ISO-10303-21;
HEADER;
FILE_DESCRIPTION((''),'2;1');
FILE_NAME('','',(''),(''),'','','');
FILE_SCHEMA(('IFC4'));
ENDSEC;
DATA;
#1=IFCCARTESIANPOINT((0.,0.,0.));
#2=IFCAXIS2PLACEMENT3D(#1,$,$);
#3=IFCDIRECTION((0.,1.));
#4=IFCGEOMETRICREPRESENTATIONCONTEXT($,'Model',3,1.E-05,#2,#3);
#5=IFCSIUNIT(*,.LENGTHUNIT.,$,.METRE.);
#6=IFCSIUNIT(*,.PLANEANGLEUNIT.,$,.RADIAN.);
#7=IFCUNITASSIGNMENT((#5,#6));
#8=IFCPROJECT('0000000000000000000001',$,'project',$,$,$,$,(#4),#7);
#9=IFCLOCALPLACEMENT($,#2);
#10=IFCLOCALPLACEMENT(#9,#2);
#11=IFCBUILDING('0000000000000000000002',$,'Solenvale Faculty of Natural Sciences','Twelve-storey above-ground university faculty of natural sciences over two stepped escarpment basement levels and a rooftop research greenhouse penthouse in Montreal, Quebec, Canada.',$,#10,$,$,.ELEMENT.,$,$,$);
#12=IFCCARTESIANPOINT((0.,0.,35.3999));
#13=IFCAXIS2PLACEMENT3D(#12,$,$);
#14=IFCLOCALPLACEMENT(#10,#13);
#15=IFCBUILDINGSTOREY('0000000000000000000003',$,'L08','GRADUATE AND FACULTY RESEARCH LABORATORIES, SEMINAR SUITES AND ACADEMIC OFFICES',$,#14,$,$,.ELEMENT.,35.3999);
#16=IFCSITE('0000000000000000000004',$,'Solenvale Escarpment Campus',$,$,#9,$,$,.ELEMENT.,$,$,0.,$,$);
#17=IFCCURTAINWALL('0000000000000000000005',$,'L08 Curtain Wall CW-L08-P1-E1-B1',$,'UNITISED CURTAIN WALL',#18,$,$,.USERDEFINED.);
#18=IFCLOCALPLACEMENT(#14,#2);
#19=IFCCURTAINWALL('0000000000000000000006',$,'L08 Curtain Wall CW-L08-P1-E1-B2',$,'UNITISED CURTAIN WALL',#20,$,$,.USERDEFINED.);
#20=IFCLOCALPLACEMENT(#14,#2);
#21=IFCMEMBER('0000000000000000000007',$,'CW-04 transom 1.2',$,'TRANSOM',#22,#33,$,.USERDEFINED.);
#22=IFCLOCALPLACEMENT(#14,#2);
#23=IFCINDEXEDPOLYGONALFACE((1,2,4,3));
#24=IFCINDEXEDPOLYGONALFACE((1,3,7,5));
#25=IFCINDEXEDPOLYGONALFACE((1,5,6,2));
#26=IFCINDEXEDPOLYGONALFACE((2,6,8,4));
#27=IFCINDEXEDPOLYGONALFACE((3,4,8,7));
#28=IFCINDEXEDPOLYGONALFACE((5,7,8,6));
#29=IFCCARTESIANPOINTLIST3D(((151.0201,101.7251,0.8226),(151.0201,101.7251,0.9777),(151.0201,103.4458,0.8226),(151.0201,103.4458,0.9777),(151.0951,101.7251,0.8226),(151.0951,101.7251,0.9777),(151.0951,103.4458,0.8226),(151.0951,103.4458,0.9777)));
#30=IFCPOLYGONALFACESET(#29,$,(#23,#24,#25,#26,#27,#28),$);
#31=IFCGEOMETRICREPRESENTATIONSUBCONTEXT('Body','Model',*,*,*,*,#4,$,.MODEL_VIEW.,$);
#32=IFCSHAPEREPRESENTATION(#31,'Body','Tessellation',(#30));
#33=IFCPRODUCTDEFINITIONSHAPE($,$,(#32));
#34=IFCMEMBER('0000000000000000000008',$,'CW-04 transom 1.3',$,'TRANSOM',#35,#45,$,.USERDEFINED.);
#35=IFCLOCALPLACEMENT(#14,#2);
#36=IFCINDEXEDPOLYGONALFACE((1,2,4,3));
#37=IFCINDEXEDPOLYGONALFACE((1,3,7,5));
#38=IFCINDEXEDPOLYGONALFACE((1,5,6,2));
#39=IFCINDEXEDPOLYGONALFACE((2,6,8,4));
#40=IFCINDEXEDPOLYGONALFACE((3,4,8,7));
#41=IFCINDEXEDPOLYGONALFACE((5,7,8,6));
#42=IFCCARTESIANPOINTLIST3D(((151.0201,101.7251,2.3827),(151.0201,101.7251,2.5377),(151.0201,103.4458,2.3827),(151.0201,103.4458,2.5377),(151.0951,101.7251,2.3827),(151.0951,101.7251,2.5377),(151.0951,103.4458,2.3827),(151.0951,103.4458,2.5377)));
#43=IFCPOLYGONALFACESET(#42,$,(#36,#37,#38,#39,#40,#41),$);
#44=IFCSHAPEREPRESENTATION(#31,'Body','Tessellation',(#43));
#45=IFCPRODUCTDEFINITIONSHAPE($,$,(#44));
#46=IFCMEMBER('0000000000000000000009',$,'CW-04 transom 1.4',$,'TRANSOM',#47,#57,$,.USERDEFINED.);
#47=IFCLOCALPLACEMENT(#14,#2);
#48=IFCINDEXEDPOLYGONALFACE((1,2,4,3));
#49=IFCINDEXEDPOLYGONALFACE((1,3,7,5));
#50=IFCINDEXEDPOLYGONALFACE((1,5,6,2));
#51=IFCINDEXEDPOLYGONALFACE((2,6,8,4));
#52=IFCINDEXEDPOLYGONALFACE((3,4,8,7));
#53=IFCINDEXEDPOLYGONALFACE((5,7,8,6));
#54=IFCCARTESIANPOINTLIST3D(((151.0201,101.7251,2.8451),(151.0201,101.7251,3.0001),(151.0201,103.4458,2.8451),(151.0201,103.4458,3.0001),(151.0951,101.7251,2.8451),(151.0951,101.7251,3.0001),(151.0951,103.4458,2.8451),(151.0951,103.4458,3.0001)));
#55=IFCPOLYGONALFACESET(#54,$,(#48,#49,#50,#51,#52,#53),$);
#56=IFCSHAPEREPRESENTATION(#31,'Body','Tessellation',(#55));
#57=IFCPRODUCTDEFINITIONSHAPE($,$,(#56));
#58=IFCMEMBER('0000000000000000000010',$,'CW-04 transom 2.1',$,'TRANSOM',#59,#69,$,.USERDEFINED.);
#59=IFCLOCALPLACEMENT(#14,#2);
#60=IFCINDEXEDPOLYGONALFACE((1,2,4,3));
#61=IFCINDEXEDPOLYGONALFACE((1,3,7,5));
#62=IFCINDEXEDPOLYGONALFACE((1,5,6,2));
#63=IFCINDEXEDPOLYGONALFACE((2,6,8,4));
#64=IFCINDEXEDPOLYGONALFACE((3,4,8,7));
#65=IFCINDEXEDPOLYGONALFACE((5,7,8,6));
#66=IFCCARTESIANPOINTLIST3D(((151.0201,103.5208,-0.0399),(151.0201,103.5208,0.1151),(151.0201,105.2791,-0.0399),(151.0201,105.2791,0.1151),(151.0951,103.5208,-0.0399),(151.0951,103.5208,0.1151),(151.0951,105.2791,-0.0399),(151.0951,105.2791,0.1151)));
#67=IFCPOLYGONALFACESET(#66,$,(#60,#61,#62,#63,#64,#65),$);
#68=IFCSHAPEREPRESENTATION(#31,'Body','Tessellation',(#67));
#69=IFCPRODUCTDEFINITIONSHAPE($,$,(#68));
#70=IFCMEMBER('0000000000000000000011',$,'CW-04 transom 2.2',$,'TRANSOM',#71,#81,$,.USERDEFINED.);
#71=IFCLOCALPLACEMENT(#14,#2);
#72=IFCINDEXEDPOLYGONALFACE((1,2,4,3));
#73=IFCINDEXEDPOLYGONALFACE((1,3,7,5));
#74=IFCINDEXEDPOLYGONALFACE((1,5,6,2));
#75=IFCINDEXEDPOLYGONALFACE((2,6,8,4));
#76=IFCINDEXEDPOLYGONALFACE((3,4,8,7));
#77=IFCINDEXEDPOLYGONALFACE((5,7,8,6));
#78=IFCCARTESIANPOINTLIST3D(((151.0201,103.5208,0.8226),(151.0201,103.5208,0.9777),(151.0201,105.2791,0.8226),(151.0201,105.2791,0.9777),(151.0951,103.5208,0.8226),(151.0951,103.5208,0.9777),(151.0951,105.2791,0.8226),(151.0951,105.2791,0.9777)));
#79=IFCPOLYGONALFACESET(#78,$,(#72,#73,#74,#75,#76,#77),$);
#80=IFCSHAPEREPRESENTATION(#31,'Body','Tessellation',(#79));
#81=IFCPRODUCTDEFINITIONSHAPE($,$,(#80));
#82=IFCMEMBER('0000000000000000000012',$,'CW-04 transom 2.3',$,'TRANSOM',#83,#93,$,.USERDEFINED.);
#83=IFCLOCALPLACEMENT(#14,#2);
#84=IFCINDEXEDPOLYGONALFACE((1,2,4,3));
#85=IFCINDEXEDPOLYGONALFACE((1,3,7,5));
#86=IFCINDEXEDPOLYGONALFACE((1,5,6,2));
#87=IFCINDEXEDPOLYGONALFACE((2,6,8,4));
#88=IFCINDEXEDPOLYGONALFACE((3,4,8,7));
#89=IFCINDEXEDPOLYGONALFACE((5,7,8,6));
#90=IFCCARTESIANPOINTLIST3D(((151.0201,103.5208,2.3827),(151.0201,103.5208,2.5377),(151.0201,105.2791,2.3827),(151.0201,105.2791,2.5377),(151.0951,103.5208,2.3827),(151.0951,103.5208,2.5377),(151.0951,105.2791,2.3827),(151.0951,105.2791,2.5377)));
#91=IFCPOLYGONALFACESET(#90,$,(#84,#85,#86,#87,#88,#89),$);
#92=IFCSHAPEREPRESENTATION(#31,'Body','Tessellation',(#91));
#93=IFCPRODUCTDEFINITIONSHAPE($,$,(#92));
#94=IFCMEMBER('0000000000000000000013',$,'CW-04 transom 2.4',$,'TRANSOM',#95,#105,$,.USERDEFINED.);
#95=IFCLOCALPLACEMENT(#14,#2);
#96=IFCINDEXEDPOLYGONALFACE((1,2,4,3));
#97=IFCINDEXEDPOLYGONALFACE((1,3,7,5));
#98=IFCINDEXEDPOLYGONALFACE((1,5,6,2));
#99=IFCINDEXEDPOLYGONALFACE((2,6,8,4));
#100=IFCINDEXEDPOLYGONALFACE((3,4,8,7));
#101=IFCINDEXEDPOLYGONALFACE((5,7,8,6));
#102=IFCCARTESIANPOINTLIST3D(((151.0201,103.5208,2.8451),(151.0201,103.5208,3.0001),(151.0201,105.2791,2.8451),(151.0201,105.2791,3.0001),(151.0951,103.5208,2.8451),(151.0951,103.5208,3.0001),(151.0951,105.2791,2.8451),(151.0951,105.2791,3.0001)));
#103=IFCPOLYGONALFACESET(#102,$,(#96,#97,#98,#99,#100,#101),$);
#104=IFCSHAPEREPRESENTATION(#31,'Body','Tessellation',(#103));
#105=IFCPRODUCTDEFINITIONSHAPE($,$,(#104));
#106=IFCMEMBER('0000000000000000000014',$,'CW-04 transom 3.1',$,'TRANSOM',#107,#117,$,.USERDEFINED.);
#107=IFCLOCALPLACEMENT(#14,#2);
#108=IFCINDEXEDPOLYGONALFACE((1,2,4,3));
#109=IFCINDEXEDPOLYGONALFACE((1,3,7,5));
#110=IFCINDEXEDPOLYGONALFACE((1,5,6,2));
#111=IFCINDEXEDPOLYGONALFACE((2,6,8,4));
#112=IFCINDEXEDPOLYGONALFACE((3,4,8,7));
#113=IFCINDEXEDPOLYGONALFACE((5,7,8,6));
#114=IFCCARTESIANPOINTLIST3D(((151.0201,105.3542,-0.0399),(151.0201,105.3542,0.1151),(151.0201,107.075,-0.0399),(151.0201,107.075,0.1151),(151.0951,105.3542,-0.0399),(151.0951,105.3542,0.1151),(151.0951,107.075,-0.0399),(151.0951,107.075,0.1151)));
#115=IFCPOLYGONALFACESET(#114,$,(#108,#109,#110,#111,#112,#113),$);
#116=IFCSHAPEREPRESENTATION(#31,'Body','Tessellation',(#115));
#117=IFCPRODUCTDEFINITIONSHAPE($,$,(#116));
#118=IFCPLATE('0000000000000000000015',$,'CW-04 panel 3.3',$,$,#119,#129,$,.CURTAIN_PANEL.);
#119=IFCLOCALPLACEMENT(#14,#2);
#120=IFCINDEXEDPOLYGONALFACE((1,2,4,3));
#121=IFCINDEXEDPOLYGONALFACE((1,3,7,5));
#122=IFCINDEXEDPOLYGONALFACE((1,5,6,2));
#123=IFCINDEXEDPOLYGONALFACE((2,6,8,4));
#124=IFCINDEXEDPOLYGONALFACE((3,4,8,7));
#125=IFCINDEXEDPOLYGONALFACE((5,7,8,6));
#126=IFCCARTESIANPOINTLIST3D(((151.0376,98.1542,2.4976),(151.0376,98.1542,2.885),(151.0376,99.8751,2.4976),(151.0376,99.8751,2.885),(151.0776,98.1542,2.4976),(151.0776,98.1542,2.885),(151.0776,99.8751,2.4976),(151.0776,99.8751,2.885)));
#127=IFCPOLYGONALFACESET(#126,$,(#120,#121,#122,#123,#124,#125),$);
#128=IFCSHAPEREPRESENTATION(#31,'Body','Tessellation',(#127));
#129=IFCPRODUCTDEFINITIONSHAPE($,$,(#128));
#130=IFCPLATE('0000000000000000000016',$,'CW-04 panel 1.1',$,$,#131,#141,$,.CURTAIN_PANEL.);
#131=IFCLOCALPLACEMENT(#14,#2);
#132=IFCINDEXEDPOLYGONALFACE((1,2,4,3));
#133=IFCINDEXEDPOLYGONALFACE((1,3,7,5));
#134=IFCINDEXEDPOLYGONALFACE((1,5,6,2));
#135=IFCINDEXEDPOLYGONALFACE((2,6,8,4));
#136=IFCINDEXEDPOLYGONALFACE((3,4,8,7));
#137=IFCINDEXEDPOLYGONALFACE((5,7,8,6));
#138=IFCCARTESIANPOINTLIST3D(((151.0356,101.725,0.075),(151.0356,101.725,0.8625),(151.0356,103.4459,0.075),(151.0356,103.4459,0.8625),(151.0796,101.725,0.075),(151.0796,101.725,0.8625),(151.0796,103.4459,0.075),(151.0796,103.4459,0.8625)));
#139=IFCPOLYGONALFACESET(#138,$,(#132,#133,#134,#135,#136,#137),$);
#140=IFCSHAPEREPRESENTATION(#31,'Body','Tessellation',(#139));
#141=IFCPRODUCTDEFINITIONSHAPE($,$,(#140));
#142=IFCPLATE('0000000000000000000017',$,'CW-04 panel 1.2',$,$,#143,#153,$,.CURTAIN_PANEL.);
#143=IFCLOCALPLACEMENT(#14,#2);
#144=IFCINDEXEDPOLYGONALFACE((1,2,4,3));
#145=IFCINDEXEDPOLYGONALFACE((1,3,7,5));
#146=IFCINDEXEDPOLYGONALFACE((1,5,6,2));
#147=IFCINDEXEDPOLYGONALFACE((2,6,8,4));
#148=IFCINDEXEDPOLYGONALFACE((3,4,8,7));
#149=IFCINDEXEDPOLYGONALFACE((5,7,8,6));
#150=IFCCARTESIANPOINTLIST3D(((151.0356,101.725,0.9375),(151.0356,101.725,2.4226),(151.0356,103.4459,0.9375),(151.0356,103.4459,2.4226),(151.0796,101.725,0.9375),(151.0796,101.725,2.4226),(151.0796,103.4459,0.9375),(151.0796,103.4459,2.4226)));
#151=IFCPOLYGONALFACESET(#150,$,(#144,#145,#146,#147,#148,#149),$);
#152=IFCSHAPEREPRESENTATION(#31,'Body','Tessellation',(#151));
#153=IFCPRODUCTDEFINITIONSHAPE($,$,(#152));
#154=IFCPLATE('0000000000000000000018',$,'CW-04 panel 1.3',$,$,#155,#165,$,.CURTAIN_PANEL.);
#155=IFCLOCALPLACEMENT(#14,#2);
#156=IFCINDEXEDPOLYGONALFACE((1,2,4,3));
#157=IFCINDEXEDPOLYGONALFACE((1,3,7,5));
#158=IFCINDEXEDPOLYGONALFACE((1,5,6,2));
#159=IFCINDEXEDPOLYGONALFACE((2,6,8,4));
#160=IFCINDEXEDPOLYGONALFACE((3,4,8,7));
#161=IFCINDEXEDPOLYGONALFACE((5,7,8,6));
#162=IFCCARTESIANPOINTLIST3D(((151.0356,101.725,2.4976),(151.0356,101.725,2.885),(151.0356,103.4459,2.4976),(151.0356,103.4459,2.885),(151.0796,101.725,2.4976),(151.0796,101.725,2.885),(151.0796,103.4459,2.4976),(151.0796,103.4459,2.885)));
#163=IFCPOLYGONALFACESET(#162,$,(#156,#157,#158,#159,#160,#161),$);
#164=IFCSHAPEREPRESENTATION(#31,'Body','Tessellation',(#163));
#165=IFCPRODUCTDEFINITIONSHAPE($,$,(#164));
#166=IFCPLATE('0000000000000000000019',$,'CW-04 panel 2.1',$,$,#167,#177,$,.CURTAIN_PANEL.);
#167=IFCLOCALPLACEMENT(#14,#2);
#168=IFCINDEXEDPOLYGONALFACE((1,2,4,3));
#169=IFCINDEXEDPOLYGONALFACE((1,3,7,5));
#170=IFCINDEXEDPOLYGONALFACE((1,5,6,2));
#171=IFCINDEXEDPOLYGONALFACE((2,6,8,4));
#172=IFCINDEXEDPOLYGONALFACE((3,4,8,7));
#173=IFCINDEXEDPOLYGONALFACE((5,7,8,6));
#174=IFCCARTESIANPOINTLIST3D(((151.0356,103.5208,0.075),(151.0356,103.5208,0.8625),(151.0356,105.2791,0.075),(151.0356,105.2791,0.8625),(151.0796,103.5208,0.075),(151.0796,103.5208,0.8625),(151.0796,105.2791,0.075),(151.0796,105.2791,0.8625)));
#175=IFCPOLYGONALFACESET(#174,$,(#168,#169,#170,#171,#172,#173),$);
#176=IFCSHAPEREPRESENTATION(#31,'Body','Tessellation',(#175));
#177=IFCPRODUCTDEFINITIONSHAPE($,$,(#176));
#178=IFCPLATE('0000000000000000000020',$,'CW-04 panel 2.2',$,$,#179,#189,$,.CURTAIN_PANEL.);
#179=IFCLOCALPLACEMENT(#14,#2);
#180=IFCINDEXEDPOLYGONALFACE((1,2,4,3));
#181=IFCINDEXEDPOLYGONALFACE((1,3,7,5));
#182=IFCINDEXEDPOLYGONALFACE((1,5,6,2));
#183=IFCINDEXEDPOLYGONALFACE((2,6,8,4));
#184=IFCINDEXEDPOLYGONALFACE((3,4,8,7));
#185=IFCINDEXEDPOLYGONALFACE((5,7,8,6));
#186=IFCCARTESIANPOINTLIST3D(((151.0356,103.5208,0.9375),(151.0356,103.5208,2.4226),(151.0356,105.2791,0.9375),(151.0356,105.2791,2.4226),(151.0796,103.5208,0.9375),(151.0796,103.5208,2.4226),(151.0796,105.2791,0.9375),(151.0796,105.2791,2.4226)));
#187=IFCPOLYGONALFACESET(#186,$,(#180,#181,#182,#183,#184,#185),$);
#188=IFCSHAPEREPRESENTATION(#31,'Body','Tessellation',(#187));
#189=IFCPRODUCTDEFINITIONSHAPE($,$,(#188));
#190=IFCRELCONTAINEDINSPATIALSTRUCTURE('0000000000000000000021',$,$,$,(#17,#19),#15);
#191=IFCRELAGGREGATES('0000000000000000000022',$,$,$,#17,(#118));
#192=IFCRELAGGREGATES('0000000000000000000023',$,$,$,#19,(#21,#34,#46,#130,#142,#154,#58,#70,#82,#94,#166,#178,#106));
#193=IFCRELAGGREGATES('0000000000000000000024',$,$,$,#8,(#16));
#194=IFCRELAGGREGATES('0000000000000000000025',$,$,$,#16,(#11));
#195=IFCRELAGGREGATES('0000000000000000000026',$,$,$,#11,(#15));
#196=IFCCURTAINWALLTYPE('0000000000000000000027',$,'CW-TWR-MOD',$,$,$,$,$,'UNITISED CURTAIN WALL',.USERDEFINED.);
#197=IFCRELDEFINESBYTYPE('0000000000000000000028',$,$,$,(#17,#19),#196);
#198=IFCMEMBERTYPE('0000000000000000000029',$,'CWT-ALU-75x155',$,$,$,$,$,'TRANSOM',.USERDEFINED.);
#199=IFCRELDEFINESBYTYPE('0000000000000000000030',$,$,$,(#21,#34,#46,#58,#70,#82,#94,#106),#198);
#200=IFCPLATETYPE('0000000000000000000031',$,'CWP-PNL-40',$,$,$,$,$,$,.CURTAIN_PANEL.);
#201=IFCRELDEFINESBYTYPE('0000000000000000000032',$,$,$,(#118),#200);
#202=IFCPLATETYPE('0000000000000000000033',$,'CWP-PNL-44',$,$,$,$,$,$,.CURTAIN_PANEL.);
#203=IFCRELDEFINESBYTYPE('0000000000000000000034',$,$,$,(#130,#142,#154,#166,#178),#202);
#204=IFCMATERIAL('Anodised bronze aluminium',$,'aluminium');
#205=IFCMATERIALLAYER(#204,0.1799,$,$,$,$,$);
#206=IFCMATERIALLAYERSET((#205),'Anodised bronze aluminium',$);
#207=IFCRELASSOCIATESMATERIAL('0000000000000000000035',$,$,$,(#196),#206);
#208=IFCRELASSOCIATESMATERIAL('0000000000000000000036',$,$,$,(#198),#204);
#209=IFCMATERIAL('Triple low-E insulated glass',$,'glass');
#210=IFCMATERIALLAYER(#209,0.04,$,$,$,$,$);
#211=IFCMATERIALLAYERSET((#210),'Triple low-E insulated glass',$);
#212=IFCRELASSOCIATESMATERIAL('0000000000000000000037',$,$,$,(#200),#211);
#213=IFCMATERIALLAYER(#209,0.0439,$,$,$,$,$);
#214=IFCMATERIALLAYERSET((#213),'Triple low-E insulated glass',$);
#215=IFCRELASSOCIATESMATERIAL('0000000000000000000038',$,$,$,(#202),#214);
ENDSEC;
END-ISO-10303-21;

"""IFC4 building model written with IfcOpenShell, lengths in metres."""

from ifc_helpers import new_model, si_unit, direction, frame, origin, origin_2d, place, context, subcontext, project, spatial, rectangle, extrude, material, layer, layer_set, material_profile, profile_set, type_object, element, aggregate, save


model = new_model("IFC4")

# Units and contexts
model_context = context("Model", 3, precision=1e-05, world=origin(), true_north=direction((0.0, 1.0)))
body_context = subcontext(model_context, "Body", "Model", "MODEL_VIEW")
ifc_project = project(units=[si_unit("LENGTHUNIT", "METRE"), si_unit("PLANEANGLEUNIT", "RADIAN")], contexts=[model_context])

# Site, building, storey
site_placement = place(None, origin())
site = spatial("IfcSite", under=ifc_project, at=site_placement, Name="Solenvale Escarpment Campus", CompositionType="ELEMENT", RefElevation=0.0)
building_placement = place(site_placement, origin())
building = spatial("IfcBuilding", under=site, at=building_placement, Name="Solenvale Faculty of Natural Sciences", Description="Twelve-storey above-ground university faculty of natural sciences over two stepped escarpment basement levels and a rooftop research greenhouse penthouse in Montreal, Quebec, Canada.", CompositionType="ELEMENT")
storey_placement = place(building_placement, frame((0.0, 0.0, 35.3999)))
storey = spatial("IfcBuildingStorey", under=building, at=storey_placement, Name="L08", Description="GRADUATE AND FACULTY RESEARCH LABORATORIES, SEMINAR SUITES AND ACADEMIC OFFICES", CompositionType="ELEMENT", Elevation=35.3999)

# Curtain wall
ifc_material_1 = material(Name="Anodised bronze aluminium", Category="aluminium")
ifc_layer_1 = layer(ifc_material_1, 0.1799)
ifc_layer_set_1 = layer_set([ifc_layer_1], Name="Anodised bronze aluminium")
curtain_wall_type = type_object("IfcCurtainWallType", Name="CW-TWR-MOD", ElementType="UNITISED CURTAIN WALL", PredefinedType="USERDEFINED", material=ifc_layer_set_1)
curtain_wall_1_placement = place(storey_placement, origin())
curtain_wall_1 = element("IfcCurtainWall", 1, at=curtain_wall_1_placement, inside=storey, type_object=curtain_wall_type, Name="L08 Curtain Wall CW-L08-P1-E1-B1", ObjectType="UNITISED CURTAIN WALL", PredefinedType="USERDEFINED")

# Curtain wall, members
curtain_wall_2_placement = place(storey_placement, origin())
curtain_wall_2 = element("IfcCurtainWall", 2, at=curtain_wall_2_placement, inside=storey, type_object=curtain_wall_type, Name="L08 Curtain Wall CW-L08-P1-E1-B2", ObjectType="UNITISED CURTAIN WALL", PredefinedType="USERDEFINED")
ifc_material_profile_1 = material_profile(ifc_material_1, rectangle(XDim=0.075, YDim=0.155, at=origin_2d()), Name="ALU-TRN-75x155")
ifc_profile_set_1 = profile_set([ifc_material_profile_1], Name="Anodised bronze aluminium")
member_type_1 = type_object("IfcMemberType", Name="CWT-ALU-75x155", ElementType="TRANSOM", PredefinedType="USERDEFINED", material=ifc_profile_set_1)
member_1_placement = place(storey_placement, frame((151.0576, 101.7251, 0.9001), z_axis=(0.0, 1.0, 0.0), x_axis=(-1.0, 0.0, 0.0)))
member_1 = element("IfcMember", 3, at=member_1_placement, type_object=member_type_1, Name="CW-04 transom 1.2", ObjectType="TRANSOM", PredefinedType="USERDEFINED", context=body_context, shape_type="SweptSolid", body=[
    extrude(rectangle(XDim=0.075, YDim=0.155, at=origin_2d()), origin(), (0.0, 0.0, 1.0), 1.7207),
])
member_2_placement = place(storey_placement, frame((151.0576, 101.7251, 2.4602), z_axis=(0.0, 1.0, 0.0), x_axis=(-1.0, 0.0, 0.0)))
member_2 = element("IfcMember", 4, at=member_2_placement, type_object=member_type_1, Name="CW-04 transom 1.3", ObjectType="TRANSOM", PredefinedType="USERDEFINED", context=body_context, shape_type="SweptSolid", body=[
    extrude(rectangle(XDim=0.075, YDim=0.155, at=origin_2d()), origin(), (0.0, 0.0, 1.0), 1.7207),
])
member_3_placement = place(storey_placement, frame((151.0576, 101.7251, 2.9226), z_axis=(0.0, 1.0, 0.0), x_axis=(-1.0, 0.0, 0.0)))
member_3 = element("IfcMember", 5, at=member_3_placement, type_object=member_type_1, Name="CW-04 transom 1.4", ObjectType="TRANSOM", PredefinedType="USERDEFINED", context=body_context, shape_type="SweptSolid", body=[
    extrude(rectangle(XDim=0.075, YDim=0.155, at=origin_2d()), origin(), (0.0, 0.0, 1.0), 1.7207),
])
member_4_placement = place(storey_placement, frame((151.0576, 103.5208, 0.0376), z_axis=(0.0, 1.0, 0.0), x_axis=(-1.0, 0.0, 0.0)))
member_4 = element("IfcMember", 6, at=member_4_placement, type_object=member_type_1, Name="CW-04 transom 2.1", ObjectType="TRANSOM", PredefinedType="USERDEFINED", context=body_context, shape_type="SweptSolid", body=[
    extrude(rectangle(XDim=0.075, YDim=0.155, at=origin_2d()), origin(), (0.0, 0.0, 1.0), 1.7583),
])
member_5_placement = place(storey_placement, frame((151.0576, 103.5208, 0.9001), z_axis=(0.0, 1.0, 0.0), x_axis=(-1.0, 0.0, 0.0)))
member_5 = element("IfcMember", 7, at=member_5_placement, type_object=member_type_1, Name="CW-04 transom 2.2", ObjectType="TRANSOM", PredefinedType="USERDEFINED", context=body_context, shape_type="SweptSolid", body=[
    extrude(rectangle(XDim=0.075, YDim=0.155, at=origin_2d()), origin(), (0.0, 0.0, 1.0), 1.7583),
])
member_6_placement = place(storey_placement, frame((151.0576, 103.5208, 2.4602), z_axis=(0.0, 1.0, 0.0), x_axis=(-1.0, 0.0, 0.0)))
member_6 = element("IfcMember", 8, at=member_6_placement, type_object=member_type_1, Name="CW-04 transom 2.3", ObjectType="TRANSOM", PredefinedType="USERDEFINED", context=body_context, shape_type="SweptSolid", body=[
    extrude(rectangle(XDim=0.075, YDim=0.155, at=origin_2d()), origin(), (0.0, 0.0, 1.0), 1.7583),
])
member_7_placement = place(storey_placement, frame((151.0576, 103.5208, 2.9226), z_axis=(0.0, 1.0, 0.0), x_axis=(-1.0, 0.0, 0.0)))
member_7 = element("IfcMember", 9, at=member_7_placement, type_object=member_type_1, Name="CW-04 transom 2.4", ObjectType="TRANSOM", PredefinedType="USERDEFINED", context=body_context, shape_type="SweptSolid", body=[
    extrude(rectangle(XDim=0.075, YDim=0.155, at=origin_2d()), origin(), (0.0, 0.0, 1.0), 1.7583),
])
member_8_placement = place(storey_placement, frame((151.0576, 105.3542, 0.0376), z_axis=(0.0, 1.0, 0.0), x_axis=(-1.0, 0.0, 0.0)))
member_8 = element("IfcMember", 10, at=member_8_placement, type_object=member_type_1, Name="CW-04 transom 3.1", ObjectType="TRANSOM", PredefinedType="USERDEFINED", context=body_context, shape_type="SweptSolid", body=[
    extrude(rectangle(XDim=0.075, YDim=0.155, at=origin_2d()), origin(), (0.0, 0.0, 1.0), 1.7207),
])

# Plates
ifc_material_2 = material(Name="Triple low-E insulated glass", Category="glass")
ifc_layer_2 = layer(ifc_material_2, 0.04)
ifc_layer_set_2 = layer_set([ifc_layer_2], Name="Triple low-E insulated glass")
plate_type_1 = type_object("IfcPlateType", Name="CWP-PNL-40", PredefinedType="CURTAIN_PANEL", material=ifc_layer_set_2)
plate_1_placement = place(storey_placement, frame((151.0576, 99.0146, 2.4976), z_axis=(0.0, 0.0, 1.0), x_axis=(0.0, 1.0, 0.0)))
plate_1 = element("IfcPlate", 11, at=plate_1_placement, type_object=plate_type_1, Name="CW-04 panel 3.3", PredefinedType="CURTAIN_PANEL", context=body_context, shape_type="SweptSolid", body=[
    extrude(rectangle(XDim=1.7209, YDim=0.04, at=origin_2d()), origin(), (0.0, 0.0, 1.0), 0.3875),
])
aggregate(curtain_wall_1, [plate_1])
ifc_layer_3 = layer(ifc_material_2, 0.0439)
ifc_layer_set_3 = layer_set([ifc_layer_3], Name="Triple low-E insulated glass")
plate_type_2 = type_object("IfcPlateType", Name="CWP-PNL-44", PredefinedType="CURTAIN_PANEL", material=ifc_layer_set_3)
plate_2_placement = place(storey_placement, frame((151.0576, 102.5854, 0.075), z_axis=(0.0, 0.0, 1.0), x_axis=(0.0, 1.0, 0.0)))
plate_2 = element("IfcPlate", 12, at=plate_2_placement, type_object=plate_type_2, Name="CW-04 panel 1.1", PredefinedType="CURTAIN_PANEL", context=body_context, shape_type="SweptSolid", body=[
    extrude(rectangle(XDim=1.7209, YDim=0.0439, at=origin_2d()), origin(), (0.0, 0.0, 1.0), 0.7876),
])
plate_3_placement = place(storey_placement, frame((151.0576, 102.5854, 0.9375), z_axis=(0.0, 0.0, 1.0), x_axis=(0.0, 1.0, 0.0)))
plate_3 = element("IfcPlate", 13, at=plate_3_placement, type_object=plate_type_2, Name="CW-04 panel 1.2", PredefinedType="CURTAIN_PANEL", context=body_context, shape_type="SweptSolid", body=[
    extrude(rectangle(XDim=1.7209, YDim=0.0439, at=origin_2d()), origin(), (0.0, 0.0, 1.0), 1.4851),
])
plate_4_placement = place(storey_placement, frame((151.0576, 102.5854, 2.4976), z_axis=(0.0, 0.0, 1.0), x_axis=(0.0, 1.0, 0.0)))
plate_4 = element("IfcPlate", 14, at=plate_4_placement, type_object=plate_type_2, Name="CW-04 panel 1.3", PredefinedType="CURTAIN_PANEL", context=body_context, shape_type="SweptSolid", body=[
    extrude(rectangle(XDim=1.7209, YDim=0.0439, at=origin_2d()), origin(), (0.0, 0.0, 1.0), 0.3875),
])
plate_5_placement = place(storey_placement, frame((151.0576, 104.3999, 0.075), z_axis=(0.0, 0.0, 1.0), x_axis=(0.0, 1.0, 0.0)))
plate_5 = element("IfcPlate", 15, at=plate_5_placement, type_object=plate_type_2, Name="CW-04 panel 2.1", PredefinedType="CURTAIN_PANEL", context=body_context, shape_type="SweptSolid", body=[
    extrude(rectangle(XDim=1.7583, YDim=0.0439, at=origin_2d()), origin(), (0.0, 0.0, 1.0), 0.7876),
])
plate_6_placement = place(storey_placement, frame((151.0576, 104.3999, 0.9375), z_axis=(0.0, 0.0, 1.0), x_axis=(0.0, 1.0, 0.0)))
plate_6 = element("IfcPlate", 16, at=plate_6_placement, type_object=plate_type_2, Name="CW-04 panel 2.2", PredefinedType="CURTAIN_PANEL", context=body_context, shape_type="SweptSolid", body=[
    extrude(rectangle(XDim=1.7583, YDim=0.0439, at=origin_2d()), origin(), (0.0, 0.0, 1.0), 1.4851),
])
aggregate(curtain_wall_2, [member_1, member_2, member_3, plate_2, plate_3, plate_4, member_4, member_5, member_6, member_7, plate_5, plate_6, member_8])

save(model, "model.ifc")
